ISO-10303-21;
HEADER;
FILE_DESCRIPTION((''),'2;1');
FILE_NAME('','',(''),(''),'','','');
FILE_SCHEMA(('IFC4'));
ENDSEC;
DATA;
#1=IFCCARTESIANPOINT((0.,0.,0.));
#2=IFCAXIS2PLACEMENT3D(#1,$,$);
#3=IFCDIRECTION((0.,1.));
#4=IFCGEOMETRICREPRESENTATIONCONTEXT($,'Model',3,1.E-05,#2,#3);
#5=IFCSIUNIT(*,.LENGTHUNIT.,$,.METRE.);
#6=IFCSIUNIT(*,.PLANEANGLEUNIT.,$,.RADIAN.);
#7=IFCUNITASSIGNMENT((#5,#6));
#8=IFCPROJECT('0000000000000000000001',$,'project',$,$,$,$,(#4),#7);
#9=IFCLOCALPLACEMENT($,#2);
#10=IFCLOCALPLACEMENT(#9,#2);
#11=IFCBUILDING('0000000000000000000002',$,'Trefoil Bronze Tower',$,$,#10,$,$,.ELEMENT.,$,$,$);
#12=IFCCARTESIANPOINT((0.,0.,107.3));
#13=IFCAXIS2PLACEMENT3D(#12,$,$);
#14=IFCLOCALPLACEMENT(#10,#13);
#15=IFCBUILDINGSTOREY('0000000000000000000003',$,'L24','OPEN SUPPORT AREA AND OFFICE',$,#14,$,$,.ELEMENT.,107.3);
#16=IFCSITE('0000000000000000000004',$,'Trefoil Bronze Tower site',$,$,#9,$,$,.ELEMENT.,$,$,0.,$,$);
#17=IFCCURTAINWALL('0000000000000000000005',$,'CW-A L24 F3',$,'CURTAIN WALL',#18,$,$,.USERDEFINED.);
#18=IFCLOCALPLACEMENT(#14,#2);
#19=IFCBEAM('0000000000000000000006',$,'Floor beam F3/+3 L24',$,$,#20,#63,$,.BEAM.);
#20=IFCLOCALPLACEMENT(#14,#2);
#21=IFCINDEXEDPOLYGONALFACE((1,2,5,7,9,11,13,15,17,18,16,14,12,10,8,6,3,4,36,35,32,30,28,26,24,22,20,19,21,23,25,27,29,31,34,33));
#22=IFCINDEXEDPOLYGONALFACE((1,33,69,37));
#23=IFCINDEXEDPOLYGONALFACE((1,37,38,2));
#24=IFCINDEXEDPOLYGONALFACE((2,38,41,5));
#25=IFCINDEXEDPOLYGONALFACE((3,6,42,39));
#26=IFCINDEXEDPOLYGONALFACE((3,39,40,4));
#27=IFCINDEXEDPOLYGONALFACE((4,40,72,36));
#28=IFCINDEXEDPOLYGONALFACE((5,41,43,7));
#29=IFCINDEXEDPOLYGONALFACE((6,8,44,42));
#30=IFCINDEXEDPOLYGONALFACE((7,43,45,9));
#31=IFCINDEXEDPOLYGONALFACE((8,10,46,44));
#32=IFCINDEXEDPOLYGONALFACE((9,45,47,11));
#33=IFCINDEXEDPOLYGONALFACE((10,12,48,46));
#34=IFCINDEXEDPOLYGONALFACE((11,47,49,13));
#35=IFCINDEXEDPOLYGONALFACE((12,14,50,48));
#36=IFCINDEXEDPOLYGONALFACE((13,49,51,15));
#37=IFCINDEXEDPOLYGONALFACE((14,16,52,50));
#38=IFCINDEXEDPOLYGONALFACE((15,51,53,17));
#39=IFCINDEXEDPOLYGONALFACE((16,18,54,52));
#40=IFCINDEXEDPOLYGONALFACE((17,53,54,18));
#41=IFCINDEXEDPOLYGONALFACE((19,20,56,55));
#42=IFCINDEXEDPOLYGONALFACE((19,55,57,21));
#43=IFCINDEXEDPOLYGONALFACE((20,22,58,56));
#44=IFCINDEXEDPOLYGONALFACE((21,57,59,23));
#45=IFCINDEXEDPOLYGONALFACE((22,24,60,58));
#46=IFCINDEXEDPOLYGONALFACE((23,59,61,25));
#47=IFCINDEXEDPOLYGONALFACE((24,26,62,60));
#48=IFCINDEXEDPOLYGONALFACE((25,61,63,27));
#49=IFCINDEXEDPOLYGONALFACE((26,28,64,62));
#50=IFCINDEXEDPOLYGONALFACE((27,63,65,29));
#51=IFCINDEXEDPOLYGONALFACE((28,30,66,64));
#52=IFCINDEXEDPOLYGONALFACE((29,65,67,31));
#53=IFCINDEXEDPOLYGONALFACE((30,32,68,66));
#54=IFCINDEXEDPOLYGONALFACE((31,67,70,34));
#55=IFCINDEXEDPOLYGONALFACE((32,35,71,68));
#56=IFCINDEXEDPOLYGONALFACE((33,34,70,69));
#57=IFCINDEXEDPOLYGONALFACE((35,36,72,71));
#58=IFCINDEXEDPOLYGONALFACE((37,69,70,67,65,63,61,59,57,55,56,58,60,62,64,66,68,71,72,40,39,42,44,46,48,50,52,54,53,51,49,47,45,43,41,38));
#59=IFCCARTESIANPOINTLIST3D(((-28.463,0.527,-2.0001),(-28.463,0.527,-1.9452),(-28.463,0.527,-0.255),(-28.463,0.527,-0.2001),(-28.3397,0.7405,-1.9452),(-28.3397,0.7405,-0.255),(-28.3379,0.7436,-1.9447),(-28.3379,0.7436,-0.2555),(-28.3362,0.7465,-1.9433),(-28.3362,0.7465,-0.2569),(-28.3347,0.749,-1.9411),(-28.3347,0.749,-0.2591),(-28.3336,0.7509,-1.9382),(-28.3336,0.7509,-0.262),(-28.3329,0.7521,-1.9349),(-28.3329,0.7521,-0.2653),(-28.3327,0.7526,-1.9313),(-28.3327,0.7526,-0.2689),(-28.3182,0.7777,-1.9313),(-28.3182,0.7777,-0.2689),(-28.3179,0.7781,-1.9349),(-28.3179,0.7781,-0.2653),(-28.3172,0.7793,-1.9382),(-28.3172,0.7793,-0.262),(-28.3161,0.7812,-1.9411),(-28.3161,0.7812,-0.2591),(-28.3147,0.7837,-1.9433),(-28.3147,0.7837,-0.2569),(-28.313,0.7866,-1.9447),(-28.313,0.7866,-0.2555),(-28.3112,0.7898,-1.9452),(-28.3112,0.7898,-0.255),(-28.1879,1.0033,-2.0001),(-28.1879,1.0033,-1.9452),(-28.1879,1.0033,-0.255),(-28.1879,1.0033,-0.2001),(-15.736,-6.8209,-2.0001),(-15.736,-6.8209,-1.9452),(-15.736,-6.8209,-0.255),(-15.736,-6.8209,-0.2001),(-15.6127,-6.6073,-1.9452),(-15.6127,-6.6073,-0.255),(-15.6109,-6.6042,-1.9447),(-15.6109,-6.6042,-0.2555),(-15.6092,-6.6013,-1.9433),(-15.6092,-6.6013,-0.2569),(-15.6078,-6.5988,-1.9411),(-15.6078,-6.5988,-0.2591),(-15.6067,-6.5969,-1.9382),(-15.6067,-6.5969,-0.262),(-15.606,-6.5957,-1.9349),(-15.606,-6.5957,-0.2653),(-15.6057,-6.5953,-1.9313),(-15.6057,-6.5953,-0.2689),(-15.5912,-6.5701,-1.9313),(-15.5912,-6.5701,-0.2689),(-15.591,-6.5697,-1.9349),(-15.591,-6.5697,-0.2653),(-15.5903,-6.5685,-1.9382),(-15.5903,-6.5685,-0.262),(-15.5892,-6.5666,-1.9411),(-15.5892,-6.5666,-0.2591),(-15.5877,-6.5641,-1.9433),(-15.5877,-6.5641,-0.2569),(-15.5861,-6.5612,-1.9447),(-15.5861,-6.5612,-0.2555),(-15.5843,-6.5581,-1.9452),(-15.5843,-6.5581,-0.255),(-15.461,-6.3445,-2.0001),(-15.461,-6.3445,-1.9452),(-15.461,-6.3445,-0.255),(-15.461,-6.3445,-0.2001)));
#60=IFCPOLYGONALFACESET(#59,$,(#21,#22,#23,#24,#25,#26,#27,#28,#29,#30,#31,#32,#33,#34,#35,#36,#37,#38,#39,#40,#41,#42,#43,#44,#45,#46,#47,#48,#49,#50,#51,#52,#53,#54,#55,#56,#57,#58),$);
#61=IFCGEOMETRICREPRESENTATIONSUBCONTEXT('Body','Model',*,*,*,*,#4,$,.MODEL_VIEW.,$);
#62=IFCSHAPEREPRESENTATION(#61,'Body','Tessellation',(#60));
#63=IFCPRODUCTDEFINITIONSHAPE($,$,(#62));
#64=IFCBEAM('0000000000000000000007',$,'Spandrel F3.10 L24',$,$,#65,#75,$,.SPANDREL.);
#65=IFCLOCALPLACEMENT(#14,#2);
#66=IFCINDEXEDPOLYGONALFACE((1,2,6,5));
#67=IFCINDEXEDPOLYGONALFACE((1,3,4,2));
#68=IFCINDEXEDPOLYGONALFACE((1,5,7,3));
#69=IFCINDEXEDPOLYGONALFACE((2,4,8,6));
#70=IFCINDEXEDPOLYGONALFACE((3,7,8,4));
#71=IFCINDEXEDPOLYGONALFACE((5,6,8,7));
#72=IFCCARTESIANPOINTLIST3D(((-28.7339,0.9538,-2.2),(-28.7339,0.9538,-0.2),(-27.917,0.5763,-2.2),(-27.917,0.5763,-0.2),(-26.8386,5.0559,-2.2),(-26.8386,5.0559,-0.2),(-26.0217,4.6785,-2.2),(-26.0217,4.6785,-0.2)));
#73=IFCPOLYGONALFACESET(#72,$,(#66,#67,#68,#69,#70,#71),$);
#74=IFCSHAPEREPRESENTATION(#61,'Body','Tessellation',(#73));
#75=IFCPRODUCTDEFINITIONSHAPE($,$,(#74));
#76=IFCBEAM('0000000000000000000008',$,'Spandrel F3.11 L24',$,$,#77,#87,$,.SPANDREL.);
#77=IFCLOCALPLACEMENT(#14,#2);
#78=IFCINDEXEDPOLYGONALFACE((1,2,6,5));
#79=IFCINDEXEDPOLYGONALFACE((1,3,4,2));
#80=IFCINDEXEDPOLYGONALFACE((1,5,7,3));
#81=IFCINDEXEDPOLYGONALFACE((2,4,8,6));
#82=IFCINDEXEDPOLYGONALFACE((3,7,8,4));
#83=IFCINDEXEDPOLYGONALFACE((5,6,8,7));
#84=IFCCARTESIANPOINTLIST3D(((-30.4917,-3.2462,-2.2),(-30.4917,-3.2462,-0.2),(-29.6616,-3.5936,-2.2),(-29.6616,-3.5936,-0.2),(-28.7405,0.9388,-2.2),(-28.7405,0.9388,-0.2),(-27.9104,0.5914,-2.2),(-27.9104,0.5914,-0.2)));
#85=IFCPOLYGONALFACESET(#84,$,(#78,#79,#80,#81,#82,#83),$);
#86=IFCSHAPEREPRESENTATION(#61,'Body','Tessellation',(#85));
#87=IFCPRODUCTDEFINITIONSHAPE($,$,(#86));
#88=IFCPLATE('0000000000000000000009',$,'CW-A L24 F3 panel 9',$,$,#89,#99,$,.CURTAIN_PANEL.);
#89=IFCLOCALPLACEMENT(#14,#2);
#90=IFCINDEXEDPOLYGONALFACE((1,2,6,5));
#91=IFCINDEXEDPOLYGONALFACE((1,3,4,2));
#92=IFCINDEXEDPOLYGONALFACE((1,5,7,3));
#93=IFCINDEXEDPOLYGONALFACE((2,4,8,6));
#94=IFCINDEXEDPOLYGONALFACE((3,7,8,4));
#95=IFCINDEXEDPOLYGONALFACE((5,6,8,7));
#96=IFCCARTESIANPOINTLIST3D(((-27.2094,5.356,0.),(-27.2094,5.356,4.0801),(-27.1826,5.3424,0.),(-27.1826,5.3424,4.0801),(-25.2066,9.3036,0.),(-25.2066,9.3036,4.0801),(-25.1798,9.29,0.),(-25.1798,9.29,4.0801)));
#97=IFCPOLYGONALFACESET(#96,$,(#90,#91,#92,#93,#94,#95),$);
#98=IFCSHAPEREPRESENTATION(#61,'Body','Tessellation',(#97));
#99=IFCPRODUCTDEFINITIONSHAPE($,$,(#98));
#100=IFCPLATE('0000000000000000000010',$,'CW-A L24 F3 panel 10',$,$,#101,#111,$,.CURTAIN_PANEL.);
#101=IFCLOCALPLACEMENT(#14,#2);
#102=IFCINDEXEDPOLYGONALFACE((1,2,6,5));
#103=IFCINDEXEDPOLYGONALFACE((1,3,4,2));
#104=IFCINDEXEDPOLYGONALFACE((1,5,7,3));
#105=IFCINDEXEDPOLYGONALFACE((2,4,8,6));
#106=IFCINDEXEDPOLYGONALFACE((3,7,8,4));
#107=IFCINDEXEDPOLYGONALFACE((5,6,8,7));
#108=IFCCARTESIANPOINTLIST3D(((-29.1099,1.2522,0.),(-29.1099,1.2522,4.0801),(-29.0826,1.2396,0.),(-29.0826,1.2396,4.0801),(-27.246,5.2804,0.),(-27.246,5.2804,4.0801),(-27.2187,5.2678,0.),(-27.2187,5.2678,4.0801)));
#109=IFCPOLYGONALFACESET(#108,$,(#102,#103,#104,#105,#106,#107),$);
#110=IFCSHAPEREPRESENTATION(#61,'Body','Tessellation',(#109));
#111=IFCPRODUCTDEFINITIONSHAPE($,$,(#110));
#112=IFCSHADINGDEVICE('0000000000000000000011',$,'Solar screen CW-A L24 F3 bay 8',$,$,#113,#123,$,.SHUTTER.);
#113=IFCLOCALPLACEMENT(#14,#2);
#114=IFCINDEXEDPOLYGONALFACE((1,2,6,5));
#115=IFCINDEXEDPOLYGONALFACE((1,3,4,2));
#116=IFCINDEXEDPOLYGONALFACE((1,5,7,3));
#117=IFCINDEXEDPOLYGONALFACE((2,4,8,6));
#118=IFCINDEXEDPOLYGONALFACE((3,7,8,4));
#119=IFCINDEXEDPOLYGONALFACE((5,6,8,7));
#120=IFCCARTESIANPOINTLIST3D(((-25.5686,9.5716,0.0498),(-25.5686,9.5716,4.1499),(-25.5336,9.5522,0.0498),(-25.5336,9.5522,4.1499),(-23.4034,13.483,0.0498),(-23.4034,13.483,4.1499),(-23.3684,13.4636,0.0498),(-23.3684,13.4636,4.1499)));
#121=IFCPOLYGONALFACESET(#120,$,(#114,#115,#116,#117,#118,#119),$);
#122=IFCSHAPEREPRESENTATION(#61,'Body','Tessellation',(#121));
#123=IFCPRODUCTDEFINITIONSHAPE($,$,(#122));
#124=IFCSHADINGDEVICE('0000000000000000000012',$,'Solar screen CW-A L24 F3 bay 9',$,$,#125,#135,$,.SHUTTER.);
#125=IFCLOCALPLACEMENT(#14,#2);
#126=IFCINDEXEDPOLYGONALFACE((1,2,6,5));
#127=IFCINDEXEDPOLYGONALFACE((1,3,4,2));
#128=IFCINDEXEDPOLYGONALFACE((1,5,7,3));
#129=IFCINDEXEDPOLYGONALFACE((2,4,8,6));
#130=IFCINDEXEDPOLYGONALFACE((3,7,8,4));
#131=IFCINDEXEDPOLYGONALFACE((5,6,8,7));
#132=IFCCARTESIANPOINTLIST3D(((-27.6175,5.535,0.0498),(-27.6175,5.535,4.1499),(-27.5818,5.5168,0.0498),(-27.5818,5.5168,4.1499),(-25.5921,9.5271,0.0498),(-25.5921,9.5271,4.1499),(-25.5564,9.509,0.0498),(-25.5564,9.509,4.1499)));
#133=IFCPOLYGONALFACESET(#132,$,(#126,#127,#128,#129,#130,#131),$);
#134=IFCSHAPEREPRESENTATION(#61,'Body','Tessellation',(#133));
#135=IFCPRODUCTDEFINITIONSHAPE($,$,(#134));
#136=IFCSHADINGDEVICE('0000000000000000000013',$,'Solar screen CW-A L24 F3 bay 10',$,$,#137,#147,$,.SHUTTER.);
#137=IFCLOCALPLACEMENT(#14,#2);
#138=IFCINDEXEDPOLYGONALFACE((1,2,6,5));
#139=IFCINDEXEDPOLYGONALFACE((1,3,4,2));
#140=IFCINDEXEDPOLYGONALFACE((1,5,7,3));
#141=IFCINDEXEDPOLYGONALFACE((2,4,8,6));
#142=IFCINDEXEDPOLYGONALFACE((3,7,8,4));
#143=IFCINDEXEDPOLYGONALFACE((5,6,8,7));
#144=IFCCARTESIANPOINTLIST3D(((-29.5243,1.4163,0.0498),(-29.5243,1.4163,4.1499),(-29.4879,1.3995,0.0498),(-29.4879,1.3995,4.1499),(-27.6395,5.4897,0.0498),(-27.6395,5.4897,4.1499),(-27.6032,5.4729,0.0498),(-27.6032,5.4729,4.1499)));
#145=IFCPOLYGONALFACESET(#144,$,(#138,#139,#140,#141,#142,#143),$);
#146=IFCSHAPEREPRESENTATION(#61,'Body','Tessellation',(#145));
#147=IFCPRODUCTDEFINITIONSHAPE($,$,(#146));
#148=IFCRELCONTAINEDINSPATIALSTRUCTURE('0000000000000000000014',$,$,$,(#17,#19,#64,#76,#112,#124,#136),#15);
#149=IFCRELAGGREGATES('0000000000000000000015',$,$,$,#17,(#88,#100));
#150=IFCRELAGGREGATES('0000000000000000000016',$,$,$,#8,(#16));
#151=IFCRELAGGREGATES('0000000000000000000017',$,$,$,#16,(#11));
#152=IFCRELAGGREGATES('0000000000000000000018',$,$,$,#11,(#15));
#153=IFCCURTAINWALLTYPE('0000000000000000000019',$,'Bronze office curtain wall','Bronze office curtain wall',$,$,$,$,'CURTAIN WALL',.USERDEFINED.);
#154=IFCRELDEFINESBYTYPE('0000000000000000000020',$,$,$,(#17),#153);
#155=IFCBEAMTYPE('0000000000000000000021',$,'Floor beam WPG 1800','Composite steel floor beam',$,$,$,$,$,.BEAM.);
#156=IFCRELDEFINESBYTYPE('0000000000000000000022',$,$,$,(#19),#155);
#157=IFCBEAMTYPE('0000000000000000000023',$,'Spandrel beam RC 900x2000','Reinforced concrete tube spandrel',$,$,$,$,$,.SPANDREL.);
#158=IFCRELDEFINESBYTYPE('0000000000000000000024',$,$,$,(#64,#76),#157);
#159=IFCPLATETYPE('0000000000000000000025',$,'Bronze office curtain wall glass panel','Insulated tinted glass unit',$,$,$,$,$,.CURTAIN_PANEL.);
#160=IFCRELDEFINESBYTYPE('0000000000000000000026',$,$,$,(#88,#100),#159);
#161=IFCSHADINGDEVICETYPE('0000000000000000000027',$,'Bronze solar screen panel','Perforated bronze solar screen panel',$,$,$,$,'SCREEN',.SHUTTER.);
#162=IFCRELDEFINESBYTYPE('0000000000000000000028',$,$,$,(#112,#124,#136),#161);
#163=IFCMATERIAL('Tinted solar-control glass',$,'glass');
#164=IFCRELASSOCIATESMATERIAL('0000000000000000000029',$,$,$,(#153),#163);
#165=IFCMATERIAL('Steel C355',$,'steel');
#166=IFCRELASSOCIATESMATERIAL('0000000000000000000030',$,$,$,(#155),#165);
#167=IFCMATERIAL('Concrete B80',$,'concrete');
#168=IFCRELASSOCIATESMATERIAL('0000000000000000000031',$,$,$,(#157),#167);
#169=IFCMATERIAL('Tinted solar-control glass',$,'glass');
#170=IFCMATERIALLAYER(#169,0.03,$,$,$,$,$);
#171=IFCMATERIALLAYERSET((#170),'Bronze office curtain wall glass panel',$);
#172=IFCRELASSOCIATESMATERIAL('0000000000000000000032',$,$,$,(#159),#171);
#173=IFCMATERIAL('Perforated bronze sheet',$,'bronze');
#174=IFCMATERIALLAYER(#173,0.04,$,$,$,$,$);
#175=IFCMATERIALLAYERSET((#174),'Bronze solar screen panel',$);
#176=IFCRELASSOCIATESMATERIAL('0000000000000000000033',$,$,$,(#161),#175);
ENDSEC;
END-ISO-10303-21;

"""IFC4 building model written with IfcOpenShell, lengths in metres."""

from ifc_helpers import new_model, si_unit, direction, frame, origin, origin_2d, place, context, subcontext, project, spatial, rectangle, i_section, extrude, material, layer, layer_set, material_profile, profile_set, type_object, element, aggregate, save


model = new_model("IFC4")

# Units and contexts
model_context = context("Model", 3, precision=1e-05, world=origin(), true_north=direction((0.0, 1.0)))
body_context = subcontext(model_context, "Body", "Model", "MODEL_VIEW")
ifc_project = project(units=[si_unit("LENGTHUNIT", "METRE"), si_unit("PLANEANGLEUNIT", "RADIAN")], contexts=[model_context])

# Site, building, storey
site_placement = place(None, origin())
site = spatial("IfcSite", under=ifc_project, at=site_placement, Name="Trefoil Bronze Tower site", CompositionType="ELEMENT", RefElevation=0.0)
building_placement = place(site_placement, origin())
building = spatial("IfcBuilding", under=site, at=building_placement, Name="Trefoil Bronze Tower", CompositionType="ELEMENT")
storey_placement = place(building_placement, frame((0.0, 0.0, 107.3)))
storey = spatial("IfcBuildingStorey", under=building, at=storey_placement, Name="L24", Description="OPEN SUPPORT AREA AND OFFICE", CompositionType="ELEMENT", Elevation=107.3)

# Curtain wall
ifc_material_1 = material(Name="Tinted solar-control glass", Category="glass")
curtain_wall_type = type_object("IfcCurtainWallType", Name="Bronze office curtain wall", Description="Bronze office curtain wall", ElementType="CURTAIN WALL", PredefinedType="USERDEFINED", material=ifc_material_1)
curtain_wall_placement = place(storey_placement, origin())
curtain_wall = element("IfcCurtainWall", 1, at=curtain_wall_placement, inside=storey, type_object=curtain_wall_type, Name="CW-A L24 F3", ObjectType="CURTAIN WALL", PredefinedType="USERDEFINED")

# Beams
ifc_material_2 = material(Name="Steel C355", Category="steel")
ifc_material_profile_1 = material_profile(ifc_material_2, i_section(OverallWidth=0.55, OverallDepth=1.8, WebThickness=0.0291, FlangeThickness=0.0549, FilletRadius=0.0139, at=origin_2d()), Name="WPG 1800")
ifc_profile_set_1 = profile_set([ifc_material_profile_1], Name="Steel C355")
beam_type_1 = type_object("IfcBeamType", Name="Floor beam WPG 1800", Description="Composite steel floor beam", PredefinedType="BEAM", material=ifc_profile_set_1)
beam_1_placement = place(storey_placement, frame((-28.3254, 0.7651, -1.1001), z_axis=(0.866027, -0.499997, 0.0), x_axis=(0.499997, 0.866027, 0.0)))
element("IfcBeam", 2, at=beam_1_placement, inside=storey, type_object=beam_type_1, Name="Floor beam F3/+3 L24", PredefinedType="BEAM", context=body_context, shape_type="SweptSolid", body=[
    extrude(i_section(OverallWidth=0.55, OverallDepth=1.8, WebThickness=0.0291, FlangeThickness=0.0549, FilletRadius=0.0139, at=origin_2d()), origin(), (0.0, 0.0, 1.0), 14.6958),
])
ifc_material_3 = material(Name="Concrete B80", Category="concrete")
ifc_material_profile_2 = material_profile(ifc_material_3, rectangle(XDim=0.8999, YDim=2.0, at=origin_2d()), Name="RC 900x2000")
ifc_profile_set_2 = profile_set([ifc_material_profile_2], Name="Concrete B80")
beam_type_2 = type_object("IfcBeamType", Name="Spandrel beam RC 900x2000", Description="Reinforced concrete tube spandrel", PredefinedType="SPANDREL", material=ifc_profile_set_2)
beam_2_placement = place(storey_placement, frame((-26.4302, 4.8672, -1.2), z_axis=(-0.419425, -0.90779, 0.0), x_axis=(0.90779, -0.419425, 0.0)))
element("IfcBeam", 3, at=beam_2_placement, inside=storey, type_object=beam_type_2, Name="Spandrel F3.10 L24", PredefinedType="SPANDREL", context=body_context, shape_type="SweptSolid", body=[
    extrude(rectangle(XDim=0.8999, YDim=2.0, at=origin_2d()), origin(), (0.0, 0.0, 1.0), 4.5188),
])
beam_3_placement = place(storey_placement, frame((-28.3254, 0.7651, -1.2), z_axis=(-0.386013, -0.922493, 0.0), x_axis=(0.922493, -0.386013, 0.0)))
element("IfcBeam", 4, at=beam_3_placement, inside=storey, type_object=beam_type_2, Name="Spandrel F3.11 L24", PredefinedType="SPANDREL", context=body_context, shape_type="SweptSolid", body=[
    extrude(rectangle(XDim=0.8999, YDim=2.0, at=origin_2d()), origin(), (0.0, 0.0, 1.0), 4.5366),
])

# Plates
ifc_material_4 = material(Name="Tinted solar-control glass", Category="glass")
ifc_layer_1 = layer(ifc_material_4, 0.03)
ifc_layer_set_1 = layer_set([ifc_layer_1], Name="Bronze office curtain wall glass panel")
plate_type = type_object("IfcPlateType", Name="Bronze office curtain wall glass panel", Description="Insulated tinted glass unit", PredefinedType="CURTAIN_PANEL", material=ifc_layer_set_1)
plate_1_placement = place(storey_placement, frame((-26.1946, 7.323, 0.0), z_axis=(0.0, 0.0, 1.0), x_axis=(-0.452449, -0.89179, 0.0)))
plate_1 = element("IfcPlate", 5, at=plate_1_placement, type_object=plate_type, Name="CW-A L24 F3 panel 9", PredefinedType="CURTAIN_PANEL", context=body_context, shape_type="SweptSolid", body=[
    extrude(rectangle(XDim=4.4265, YDim=0.03, at=origin_2d()), origin(), (0.0, 0.0, 1.0), 4.0801),
])
plate_2_placement = place(storey_placement, frame((-28.1643, 3.26, 0.0), z_axis=(0.0, 0.0, 1.0), x_axis=(-0.419933, -0.907555, 0.0)))
plate_2 = element("IfcPlate", 6, at=plate_2_placement, type_object=plate_type, Name="CW-A L24 F3 panel 10", PredefinedType="CURTAIN_PANEL", context=body_context, shape_type="SweptSolid", body=[
    extrude(rectangle(XDim=4.4385, YDim=0.03, at=origin_2d()), origin(), (0.0, 0.0, 1.0), 4.0801),
])
aggregate(curtain_wall, [plate_1, plate_2])

# Shading devices
ifc_material_5 = material(Name="Perforated bronze sheet", Category="bronze")
ifc_layer_2 = layer(ifc_material_5, 0.04)
ifc_layer_set_2 = layer_set([ifc_layer_2], Name="Bronze solar screen panel")
shading_device_type = type_object("IfcShadingDeviceType", Name="Bronze solar screen panel", Description="Perforated bronze solar screen panel", ElementType="SCREEN", PredefinedType="SHUTTER", material=ifc_layer_set_2)
shading_device_1_placement = place(storey_placement, frame((-24.4685, 11.5176, 0.0498), z_axis=(0.0, 0.0, 1.0), x_axis=(-0.484312, -0.874895, 0.0)))
element("IfcShadingDevice", 7, at=shading_device_1_placement, inside=storey, type_object=shading_device_type, Name="Solar screen CW-A L24 F3 bay 8", PredefinedType="SHUTTER", context=body_context, shape_type="SweptSolid", body=[
    extrude(rectangle(XDim=4.4707, YDim=0.04, at=origin_2d()), origin(), (0.0, 0.0, 1.0), 4.1001),
])
shading_device_2_placement = place(storey_placement, frame((-26.5869, 7.522, 0.0498), z_axis=(0.0, 0.0, 1.0), x_axis=(-0.452449, -0.89179, 0.0)))
element("IfcShadingDevice", 8, at=shading_device_2_placement, inside=storey, type_object=shading_device_type, Name="Solar screen CW-A L24 F3 bay 9", PredefinedType="SHUTTER", context=body_context, shape_type="SweptSolid", body=[
    extrude(rectangle(XDim=4.4766, YDim=0.04, at=origin_2d()), origin(), (0.0, 0.0, 1.0), 4.1001),
])
shading_device_3_placement = place(storey_placement, frame((-28.5637, 3.4446, 0.0498), z_axis=(0.0, 0.0, 1.0), x_axis=(-0.419933, -0.907555, 0.0)))
element("IfcShadingDevice", 9, at=shading_device_3_placement, inside=storey, type_object=shading_device_type, Name="Solar screen CW-A L24 F3 bay 10", PredefinedType="SHUTTER", context=body_context, shape_type="SweptSolid", body=[
    extrude(rectangle(XDim=4.4883, YDim=0.04, at=origin_2d()), origin(), (0.0, 0.0, 1.0), 4.1001),
])

save(model, "model.ifc")
